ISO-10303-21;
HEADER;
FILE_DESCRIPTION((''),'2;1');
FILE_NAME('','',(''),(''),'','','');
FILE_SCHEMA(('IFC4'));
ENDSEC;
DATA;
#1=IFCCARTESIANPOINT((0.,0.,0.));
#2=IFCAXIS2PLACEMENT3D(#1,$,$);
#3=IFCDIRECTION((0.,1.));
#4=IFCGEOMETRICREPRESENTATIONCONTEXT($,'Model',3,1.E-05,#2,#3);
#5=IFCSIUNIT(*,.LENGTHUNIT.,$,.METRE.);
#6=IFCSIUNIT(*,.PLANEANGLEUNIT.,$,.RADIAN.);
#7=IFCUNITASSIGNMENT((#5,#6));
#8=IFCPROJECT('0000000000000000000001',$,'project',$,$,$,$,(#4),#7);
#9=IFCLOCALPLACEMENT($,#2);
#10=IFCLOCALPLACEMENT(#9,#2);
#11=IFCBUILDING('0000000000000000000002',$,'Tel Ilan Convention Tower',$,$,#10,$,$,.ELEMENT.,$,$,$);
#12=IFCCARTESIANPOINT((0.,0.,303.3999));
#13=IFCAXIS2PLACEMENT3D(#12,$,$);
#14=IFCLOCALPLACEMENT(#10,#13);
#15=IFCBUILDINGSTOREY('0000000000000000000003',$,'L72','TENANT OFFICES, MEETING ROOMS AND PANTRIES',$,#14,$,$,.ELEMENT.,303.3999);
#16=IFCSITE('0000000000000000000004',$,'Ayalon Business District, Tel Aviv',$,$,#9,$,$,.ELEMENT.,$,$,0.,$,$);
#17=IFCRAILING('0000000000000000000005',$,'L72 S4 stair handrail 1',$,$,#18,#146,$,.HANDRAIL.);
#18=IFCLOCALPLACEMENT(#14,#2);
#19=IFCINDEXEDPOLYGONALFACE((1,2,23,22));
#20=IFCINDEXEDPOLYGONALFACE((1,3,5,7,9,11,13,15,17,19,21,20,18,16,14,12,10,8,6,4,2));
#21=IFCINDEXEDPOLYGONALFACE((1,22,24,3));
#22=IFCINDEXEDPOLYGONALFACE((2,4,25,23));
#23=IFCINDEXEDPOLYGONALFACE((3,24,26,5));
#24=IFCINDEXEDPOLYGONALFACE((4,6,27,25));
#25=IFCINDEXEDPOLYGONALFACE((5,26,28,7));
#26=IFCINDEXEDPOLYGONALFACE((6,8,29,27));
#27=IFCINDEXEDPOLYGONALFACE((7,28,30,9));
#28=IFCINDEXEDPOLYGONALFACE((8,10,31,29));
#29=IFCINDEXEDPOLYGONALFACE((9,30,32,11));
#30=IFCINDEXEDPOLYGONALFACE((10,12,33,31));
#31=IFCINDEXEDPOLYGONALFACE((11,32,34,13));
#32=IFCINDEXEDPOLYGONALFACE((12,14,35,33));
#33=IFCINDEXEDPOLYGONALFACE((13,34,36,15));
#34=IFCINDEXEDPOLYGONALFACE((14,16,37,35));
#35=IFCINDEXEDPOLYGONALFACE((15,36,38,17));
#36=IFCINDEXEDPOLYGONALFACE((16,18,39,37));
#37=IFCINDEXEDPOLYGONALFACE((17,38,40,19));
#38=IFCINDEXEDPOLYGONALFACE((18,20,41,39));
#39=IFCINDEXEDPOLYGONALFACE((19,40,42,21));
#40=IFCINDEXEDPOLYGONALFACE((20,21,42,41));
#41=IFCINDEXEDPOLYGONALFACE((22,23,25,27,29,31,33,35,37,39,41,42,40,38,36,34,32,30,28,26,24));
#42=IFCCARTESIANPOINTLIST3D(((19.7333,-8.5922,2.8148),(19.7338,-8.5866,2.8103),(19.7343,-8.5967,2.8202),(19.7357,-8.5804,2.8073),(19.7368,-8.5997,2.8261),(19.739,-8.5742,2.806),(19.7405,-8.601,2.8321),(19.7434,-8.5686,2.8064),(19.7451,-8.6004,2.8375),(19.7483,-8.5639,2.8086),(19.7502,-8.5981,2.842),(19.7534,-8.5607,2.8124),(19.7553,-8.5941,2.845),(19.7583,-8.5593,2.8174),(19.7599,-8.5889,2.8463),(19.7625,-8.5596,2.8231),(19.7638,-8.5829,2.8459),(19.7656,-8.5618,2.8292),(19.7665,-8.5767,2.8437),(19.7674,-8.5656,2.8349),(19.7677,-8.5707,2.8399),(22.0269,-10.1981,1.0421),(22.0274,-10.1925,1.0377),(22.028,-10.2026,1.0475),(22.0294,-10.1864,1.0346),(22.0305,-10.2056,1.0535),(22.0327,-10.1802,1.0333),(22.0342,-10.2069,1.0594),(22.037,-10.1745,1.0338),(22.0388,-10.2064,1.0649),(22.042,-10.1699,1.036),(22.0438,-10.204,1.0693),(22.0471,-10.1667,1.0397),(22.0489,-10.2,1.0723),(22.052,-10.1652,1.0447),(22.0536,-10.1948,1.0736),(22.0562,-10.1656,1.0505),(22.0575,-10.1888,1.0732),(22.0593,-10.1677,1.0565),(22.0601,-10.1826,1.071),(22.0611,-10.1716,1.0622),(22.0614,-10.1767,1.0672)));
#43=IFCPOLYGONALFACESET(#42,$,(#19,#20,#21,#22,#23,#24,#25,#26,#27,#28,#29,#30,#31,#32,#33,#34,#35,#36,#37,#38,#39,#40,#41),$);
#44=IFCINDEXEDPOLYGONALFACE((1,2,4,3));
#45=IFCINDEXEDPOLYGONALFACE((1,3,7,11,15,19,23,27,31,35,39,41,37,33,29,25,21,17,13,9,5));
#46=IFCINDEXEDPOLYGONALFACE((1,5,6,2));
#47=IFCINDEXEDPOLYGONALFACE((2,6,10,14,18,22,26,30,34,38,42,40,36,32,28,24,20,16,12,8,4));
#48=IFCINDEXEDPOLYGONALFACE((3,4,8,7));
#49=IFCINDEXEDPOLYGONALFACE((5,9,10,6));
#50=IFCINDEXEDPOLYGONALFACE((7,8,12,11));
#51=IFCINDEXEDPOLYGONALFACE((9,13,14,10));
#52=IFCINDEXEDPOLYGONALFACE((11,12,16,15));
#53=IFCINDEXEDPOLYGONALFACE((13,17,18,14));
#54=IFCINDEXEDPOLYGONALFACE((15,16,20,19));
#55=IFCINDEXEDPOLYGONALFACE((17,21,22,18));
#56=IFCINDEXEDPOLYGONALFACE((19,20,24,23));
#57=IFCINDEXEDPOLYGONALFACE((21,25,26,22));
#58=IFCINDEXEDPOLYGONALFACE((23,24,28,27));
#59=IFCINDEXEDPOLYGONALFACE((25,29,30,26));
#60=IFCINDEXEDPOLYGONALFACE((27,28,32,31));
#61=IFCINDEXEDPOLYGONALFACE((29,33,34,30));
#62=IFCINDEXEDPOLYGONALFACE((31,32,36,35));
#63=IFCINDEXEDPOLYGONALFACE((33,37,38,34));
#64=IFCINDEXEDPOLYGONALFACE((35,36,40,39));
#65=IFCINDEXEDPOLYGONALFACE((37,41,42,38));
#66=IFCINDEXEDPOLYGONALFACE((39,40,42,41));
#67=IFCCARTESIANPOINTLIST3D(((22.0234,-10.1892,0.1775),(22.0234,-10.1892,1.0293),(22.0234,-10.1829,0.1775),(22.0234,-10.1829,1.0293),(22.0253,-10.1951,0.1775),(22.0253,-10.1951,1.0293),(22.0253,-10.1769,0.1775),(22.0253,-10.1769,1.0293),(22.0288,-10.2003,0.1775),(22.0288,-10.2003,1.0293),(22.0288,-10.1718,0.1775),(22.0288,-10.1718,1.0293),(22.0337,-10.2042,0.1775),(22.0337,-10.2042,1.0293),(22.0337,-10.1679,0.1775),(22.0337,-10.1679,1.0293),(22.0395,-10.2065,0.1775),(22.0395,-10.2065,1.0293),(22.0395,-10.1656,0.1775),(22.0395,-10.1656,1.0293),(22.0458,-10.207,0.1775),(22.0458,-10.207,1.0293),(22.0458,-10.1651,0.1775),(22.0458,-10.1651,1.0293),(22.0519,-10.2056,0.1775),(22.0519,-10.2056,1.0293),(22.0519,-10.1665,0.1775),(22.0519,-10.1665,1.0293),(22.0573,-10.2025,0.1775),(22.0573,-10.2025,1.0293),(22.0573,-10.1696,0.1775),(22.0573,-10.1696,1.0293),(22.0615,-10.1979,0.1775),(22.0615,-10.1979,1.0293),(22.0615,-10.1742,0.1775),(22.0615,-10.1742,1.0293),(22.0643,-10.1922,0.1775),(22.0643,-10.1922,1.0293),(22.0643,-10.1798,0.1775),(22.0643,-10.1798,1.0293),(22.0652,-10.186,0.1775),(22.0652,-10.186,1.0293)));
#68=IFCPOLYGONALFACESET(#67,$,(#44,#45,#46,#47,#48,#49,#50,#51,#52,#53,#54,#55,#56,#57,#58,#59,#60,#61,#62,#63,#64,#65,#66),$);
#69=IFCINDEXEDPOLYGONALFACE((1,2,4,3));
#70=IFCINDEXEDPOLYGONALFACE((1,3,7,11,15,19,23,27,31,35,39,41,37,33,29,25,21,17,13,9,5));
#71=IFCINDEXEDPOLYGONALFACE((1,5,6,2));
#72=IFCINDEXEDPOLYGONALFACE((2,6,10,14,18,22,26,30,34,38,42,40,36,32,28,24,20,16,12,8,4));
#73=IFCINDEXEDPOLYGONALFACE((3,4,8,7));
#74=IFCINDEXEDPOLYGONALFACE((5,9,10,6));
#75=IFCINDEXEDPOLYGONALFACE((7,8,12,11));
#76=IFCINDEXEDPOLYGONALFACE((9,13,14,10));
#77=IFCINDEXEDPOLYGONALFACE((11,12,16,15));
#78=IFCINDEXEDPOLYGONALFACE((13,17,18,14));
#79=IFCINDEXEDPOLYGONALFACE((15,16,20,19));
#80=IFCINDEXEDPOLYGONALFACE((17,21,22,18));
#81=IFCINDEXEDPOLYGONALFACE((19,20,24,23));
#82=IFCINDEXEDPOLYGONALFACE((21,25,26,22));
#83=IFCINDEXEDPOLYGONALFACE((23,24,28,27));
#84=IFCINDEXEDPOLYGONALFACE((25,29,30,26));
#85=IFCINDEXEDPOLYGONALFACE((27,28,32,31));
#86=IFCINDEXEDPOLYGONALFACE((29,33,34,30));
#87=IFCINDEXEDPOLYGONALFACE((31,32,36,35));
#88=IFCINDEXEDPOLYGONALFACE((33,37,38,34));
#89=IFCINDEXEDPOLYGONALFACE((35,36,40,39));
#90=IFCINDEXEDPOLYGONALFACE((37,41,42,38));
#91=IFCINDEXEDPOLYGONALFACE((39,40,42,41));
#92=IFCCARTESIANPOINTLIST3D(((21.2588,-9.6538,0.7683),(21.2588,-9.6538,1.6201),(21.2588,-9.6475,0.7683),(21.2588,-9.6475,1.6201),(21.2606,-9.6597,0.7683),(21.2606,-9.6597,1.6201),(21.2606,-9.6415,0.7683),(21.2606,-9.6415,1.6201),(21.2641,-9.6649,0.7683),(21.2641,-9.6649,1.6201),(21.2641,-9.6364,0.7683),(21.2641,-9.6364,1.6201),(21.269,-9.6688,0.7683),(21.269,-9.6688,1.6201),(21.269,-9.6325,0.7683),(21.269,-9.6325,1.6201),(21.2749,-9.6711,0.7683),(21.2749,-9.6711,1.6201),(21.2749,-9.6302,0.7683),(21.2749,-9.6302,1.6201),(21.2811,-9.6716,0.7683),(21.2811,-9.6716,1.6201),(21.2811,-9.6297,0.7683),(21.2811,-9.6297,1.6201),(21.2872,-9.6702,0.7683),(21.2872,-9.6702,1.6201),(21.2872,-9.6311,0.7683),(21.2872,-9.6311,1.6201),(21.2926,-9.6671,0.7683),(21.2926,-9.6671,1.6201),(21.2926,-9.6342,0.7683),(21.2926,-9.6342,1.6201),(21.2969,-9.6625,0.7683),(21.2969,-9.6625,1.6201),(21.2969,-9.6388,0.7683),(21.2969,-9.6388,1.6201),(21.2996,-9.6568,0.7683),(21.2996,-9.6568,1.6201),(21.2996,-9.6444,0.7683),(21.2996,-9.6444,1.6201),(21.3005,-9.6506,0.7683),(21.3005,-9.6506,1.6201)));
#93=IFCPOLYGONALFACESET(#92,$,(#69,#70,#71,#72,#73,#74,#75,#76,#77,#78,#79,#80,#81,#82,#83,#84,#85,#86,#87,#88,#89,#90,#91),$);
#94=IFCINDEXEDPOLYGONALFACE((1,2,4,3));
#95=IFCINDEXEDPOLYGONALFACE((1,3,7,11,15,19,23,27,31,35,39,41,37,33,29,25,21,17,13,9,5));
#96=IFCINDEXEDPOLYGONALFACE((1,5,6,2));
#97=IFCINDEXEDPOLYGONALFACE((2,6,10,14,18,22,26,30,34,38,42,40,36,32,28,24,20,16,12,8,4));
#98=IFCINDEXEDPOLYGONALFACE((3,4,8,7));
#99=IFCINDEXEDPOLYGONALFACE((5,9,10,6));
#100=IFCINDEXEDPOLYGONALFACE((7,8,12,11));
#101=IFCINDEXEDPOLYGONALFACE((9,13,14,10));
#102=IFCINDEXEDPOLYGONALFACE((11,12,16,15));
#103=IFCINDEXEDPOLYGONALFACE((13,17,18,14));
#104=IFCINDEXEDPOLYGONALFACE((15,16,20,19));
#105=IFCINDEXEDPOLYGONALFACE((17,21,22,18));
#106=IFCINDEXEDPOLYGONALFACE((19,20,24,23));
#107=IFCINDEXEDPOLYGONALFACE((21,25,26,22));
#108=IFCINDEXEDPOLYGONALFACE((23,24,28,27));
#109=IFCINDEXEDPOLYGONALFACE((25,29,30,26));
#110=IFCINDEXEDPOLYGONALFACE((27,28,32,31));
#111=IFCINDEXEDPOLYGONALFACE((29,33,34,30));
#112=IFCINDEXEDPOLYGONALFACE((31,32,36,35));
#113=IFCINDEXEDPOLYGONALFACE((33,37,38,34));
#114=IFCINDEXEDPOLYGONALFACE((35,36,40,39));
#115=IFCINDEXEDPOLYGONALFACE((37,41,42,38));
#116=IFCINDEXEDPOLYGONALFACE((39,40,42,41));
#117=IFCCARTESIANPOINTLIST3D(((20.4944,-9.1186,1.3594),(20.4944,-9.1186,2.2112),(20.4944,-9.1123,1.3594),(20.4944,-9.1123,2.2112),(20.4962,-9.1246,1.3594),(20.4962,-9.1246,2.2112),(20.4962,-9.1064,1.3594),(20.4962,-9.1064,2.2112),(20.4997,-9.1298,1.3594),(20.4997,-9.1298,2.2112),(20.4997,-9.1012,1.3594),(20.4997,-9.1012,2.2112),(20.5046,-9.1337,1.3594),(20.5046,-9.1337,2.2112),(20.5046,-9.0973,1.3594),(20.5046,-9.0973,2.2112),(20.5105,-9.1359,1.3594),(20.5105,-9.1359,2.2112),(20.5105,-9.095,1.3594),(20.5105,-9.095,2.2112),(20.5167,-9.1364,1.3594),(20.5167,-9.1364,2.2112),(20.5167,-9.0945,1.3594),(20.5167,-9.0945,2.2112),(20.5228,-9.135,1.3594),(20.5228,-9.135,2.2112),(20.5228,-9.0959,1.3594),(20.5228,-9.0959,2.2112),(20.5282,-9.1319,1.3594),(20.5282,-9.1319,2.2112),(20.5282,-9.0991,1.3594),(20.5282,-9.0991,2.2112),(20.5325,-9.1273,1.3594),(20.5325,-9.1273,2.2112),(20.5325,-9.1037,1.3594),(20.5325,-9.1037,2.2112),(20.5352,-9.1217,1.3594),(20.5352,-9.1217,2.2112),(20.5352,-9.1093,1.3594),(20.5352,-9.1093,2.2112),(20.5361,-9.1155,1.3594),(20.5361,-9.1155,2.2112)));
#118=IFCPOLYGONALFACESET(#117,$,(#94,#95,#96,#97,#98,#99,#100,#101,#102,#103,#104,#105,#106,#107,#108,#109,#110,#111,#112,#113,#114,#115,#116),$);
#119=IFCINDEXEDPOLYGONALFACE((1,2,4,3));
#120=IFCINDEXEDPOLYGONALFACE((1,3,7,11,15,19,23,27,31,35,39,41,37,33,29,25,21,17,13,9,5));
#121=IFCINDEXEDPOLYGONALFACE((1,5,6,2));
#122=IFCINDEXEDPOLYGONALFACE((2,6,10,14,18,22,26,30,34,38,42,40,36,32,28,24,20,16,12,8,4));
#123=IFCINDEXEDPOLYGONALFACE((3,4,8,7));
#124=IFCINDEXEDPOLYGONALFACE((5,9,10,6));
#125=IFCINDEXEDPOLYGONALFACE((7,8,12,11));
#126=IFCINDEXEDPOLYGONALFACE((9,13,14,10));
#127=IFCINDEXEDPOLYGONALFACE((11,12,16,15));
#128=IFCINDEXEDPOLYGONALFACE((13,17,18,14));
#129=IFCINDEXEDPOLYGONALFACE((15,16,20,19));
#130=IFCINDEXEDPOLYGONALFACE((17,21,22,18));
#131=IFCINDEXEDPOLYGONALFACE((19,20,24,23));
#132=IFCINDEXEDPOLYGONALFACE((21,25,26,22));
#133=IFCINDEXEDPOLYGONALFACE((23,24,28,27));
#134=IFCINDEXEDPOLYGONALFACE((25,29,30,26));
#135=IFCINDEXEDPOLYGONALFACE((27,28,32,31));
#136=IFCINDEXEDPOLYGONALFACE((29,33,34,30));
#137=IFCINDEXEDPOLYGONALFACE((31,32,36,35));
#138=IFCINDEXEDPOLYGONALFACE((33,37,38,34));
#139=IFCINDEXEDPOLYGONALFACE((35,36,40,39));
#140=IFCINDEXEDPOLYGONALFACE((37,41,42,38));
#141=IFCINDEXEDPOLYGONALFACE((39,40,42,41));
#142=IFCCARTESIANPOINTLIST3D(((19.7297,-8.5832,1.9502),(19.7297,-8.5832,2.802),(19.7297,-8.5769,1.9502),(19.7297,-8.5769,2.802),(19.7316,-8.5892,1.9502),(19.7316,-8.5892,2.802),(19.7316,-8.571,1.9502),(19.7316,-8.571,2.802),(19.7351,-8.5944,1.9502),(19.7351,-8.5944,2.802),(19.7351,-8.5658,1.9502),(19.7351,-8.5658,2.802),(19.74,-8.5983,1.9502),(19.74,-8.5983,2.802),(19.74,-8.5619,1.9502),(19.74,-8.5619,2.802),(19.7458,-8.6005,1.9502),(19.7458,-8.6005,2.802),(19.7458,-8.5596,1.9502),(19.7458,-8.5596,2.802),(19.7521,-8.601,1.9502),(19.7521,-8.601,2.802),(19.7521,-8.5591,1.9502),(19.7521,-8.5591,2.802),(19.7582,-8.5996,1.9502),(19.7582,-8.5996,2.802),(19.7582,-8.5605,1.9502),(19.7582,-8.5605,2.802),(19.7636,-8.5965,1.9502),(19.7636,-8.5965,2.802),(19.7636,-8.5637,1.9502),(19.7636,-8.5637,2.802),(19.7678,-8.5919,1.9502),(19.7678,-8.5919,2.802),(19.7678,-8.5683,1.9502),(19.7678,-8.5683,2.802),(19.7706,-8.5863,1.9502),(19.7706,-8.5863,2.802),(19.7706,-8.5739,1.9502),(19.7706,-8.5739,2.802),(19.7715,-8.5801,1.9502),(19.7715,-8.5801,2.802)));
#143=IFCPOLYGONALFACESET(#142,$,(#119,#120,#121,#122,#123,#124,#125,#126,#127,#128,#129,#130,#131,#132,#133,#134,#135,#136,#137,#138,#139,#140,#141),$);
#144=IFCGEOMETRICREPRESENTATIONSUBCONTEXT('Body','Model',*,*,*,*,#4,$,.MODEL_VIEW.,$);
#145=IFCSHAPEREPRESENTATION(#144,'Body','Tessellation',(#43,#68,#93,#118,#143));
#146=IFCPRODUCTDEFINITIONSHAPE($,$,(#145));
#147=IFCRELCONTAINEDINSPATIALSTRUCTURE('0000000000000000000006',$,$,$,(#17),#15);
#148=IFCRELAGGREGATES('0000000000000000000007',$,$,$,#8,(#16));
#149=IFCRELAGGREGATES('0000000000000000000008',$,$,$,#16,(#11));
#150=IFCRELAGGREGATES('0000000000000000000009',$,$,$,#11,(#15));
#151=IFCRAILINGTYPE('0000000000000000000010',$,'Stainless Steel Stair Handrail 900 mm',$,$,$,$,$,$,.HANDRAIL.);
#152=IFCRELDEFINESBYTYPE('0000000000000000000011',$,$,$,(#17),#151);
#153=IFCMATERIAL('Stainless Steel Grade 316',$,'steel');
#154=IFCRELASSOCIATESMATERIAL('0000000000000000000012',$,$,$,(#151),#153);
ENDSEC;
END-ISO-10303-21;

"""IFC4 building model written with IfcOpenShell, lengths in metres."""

from ifc_helpers import new_model, si_unit, direction, frame, origin, origin_2d, place, context, subcontext, project, spatial, circle, extrude, material, type_object, element, save


model = new_model("IFC4")

# Units and contexts
model_context = context("Model", 3, precision=1e-05, world=origin(), true_north=direction((0.0, 1.0)))
body_context = subcontext(model_context, "Body", "Model", "MODEL_VIEW")
ifc_project = project(units=[si_unit("LENGTHUNIT", "METRE"), si_unit("PLANEANGLEUNIT", "RADIAN")], contexts=[model_context])

# Site, building, storey
site_placement = place(None, origin())
site = spatial("IfcSite", under=ifc_project, at=site_placement, Name="Ayalon Business District, Tel Aviv", CompositionType="ELEMENT", RefElevation=0.0)
building_placement = place(site_placement, origin())
building = spatial("IfcBuilding", under=site, at=building_placement, Name="Tel Ilan Convention Tower", CompositionType="ELEMENT")
storey_placement = place(building_placement, frame((0.0, 0.0, 303.3999)))
storey = spatial("IfcBuildingStorey", under=building, at=storey_placement, Name="L72", Description="TENANT OFFICES, MEETING ROOMS AND PANTRIES", CompositionType="ELEMENT", Elevation=303.3999)

# Railing
ifc_material_1 = material(Name="Stainless Steel Grade 316", Category="steel")
railing_type_1 = type_object("IfcRailingType", Name="Stainless Steel Stair Handrail 900 mm", PredefinedType="HANDRAIL", material=ifc_material_1)
for number, where, name in (
    (1, (22.0442, -10.186, 0.1775), "L72 S4 stair handrail 1"),
):
    element("IfcRailing", number, at=place(storey_placement, frame(where)), inside=storey, type_object=railing_type_1, Name=name, PredefinedType="HANDRAIL", context=body_context, shape_type="SweptSolid", body=[
        extrude(circle(Radius=0.0239, at=origin_2d()), frame((0.0, 0.0, 0.876), z_axis=(-0.692123, 0.484597, 0.534913), x_axis=(-0.57355, -0.81917, 0.0)), (0.0, 0.0, 1.0), 3.314),
        extrude(circle(Radius=0.021, at=origin_2d()), origin(), (0.0, 0.0, 1.0), 0.8518),
        extrude(circle(Radius=0.021, at=origin_2d()), frame((-0.7646, 0.5354, 0.5908)), (0.0, 0.0, 1.0), 0.8518),
        extrude(circle(Radius=0.021, at=origin_2d()), frame((-1.5291, 1.0706, 1.1819)), (0.0, 0.0, 1.0), 0.8518),
        extrude(circle(Radius=0.021, at=origin_2d()), frame((-2.2937, 1.606, 1.7727)), (0.0, 0.0, 1.0), 0.8518),
    ])

save(model, "model.ifc")
